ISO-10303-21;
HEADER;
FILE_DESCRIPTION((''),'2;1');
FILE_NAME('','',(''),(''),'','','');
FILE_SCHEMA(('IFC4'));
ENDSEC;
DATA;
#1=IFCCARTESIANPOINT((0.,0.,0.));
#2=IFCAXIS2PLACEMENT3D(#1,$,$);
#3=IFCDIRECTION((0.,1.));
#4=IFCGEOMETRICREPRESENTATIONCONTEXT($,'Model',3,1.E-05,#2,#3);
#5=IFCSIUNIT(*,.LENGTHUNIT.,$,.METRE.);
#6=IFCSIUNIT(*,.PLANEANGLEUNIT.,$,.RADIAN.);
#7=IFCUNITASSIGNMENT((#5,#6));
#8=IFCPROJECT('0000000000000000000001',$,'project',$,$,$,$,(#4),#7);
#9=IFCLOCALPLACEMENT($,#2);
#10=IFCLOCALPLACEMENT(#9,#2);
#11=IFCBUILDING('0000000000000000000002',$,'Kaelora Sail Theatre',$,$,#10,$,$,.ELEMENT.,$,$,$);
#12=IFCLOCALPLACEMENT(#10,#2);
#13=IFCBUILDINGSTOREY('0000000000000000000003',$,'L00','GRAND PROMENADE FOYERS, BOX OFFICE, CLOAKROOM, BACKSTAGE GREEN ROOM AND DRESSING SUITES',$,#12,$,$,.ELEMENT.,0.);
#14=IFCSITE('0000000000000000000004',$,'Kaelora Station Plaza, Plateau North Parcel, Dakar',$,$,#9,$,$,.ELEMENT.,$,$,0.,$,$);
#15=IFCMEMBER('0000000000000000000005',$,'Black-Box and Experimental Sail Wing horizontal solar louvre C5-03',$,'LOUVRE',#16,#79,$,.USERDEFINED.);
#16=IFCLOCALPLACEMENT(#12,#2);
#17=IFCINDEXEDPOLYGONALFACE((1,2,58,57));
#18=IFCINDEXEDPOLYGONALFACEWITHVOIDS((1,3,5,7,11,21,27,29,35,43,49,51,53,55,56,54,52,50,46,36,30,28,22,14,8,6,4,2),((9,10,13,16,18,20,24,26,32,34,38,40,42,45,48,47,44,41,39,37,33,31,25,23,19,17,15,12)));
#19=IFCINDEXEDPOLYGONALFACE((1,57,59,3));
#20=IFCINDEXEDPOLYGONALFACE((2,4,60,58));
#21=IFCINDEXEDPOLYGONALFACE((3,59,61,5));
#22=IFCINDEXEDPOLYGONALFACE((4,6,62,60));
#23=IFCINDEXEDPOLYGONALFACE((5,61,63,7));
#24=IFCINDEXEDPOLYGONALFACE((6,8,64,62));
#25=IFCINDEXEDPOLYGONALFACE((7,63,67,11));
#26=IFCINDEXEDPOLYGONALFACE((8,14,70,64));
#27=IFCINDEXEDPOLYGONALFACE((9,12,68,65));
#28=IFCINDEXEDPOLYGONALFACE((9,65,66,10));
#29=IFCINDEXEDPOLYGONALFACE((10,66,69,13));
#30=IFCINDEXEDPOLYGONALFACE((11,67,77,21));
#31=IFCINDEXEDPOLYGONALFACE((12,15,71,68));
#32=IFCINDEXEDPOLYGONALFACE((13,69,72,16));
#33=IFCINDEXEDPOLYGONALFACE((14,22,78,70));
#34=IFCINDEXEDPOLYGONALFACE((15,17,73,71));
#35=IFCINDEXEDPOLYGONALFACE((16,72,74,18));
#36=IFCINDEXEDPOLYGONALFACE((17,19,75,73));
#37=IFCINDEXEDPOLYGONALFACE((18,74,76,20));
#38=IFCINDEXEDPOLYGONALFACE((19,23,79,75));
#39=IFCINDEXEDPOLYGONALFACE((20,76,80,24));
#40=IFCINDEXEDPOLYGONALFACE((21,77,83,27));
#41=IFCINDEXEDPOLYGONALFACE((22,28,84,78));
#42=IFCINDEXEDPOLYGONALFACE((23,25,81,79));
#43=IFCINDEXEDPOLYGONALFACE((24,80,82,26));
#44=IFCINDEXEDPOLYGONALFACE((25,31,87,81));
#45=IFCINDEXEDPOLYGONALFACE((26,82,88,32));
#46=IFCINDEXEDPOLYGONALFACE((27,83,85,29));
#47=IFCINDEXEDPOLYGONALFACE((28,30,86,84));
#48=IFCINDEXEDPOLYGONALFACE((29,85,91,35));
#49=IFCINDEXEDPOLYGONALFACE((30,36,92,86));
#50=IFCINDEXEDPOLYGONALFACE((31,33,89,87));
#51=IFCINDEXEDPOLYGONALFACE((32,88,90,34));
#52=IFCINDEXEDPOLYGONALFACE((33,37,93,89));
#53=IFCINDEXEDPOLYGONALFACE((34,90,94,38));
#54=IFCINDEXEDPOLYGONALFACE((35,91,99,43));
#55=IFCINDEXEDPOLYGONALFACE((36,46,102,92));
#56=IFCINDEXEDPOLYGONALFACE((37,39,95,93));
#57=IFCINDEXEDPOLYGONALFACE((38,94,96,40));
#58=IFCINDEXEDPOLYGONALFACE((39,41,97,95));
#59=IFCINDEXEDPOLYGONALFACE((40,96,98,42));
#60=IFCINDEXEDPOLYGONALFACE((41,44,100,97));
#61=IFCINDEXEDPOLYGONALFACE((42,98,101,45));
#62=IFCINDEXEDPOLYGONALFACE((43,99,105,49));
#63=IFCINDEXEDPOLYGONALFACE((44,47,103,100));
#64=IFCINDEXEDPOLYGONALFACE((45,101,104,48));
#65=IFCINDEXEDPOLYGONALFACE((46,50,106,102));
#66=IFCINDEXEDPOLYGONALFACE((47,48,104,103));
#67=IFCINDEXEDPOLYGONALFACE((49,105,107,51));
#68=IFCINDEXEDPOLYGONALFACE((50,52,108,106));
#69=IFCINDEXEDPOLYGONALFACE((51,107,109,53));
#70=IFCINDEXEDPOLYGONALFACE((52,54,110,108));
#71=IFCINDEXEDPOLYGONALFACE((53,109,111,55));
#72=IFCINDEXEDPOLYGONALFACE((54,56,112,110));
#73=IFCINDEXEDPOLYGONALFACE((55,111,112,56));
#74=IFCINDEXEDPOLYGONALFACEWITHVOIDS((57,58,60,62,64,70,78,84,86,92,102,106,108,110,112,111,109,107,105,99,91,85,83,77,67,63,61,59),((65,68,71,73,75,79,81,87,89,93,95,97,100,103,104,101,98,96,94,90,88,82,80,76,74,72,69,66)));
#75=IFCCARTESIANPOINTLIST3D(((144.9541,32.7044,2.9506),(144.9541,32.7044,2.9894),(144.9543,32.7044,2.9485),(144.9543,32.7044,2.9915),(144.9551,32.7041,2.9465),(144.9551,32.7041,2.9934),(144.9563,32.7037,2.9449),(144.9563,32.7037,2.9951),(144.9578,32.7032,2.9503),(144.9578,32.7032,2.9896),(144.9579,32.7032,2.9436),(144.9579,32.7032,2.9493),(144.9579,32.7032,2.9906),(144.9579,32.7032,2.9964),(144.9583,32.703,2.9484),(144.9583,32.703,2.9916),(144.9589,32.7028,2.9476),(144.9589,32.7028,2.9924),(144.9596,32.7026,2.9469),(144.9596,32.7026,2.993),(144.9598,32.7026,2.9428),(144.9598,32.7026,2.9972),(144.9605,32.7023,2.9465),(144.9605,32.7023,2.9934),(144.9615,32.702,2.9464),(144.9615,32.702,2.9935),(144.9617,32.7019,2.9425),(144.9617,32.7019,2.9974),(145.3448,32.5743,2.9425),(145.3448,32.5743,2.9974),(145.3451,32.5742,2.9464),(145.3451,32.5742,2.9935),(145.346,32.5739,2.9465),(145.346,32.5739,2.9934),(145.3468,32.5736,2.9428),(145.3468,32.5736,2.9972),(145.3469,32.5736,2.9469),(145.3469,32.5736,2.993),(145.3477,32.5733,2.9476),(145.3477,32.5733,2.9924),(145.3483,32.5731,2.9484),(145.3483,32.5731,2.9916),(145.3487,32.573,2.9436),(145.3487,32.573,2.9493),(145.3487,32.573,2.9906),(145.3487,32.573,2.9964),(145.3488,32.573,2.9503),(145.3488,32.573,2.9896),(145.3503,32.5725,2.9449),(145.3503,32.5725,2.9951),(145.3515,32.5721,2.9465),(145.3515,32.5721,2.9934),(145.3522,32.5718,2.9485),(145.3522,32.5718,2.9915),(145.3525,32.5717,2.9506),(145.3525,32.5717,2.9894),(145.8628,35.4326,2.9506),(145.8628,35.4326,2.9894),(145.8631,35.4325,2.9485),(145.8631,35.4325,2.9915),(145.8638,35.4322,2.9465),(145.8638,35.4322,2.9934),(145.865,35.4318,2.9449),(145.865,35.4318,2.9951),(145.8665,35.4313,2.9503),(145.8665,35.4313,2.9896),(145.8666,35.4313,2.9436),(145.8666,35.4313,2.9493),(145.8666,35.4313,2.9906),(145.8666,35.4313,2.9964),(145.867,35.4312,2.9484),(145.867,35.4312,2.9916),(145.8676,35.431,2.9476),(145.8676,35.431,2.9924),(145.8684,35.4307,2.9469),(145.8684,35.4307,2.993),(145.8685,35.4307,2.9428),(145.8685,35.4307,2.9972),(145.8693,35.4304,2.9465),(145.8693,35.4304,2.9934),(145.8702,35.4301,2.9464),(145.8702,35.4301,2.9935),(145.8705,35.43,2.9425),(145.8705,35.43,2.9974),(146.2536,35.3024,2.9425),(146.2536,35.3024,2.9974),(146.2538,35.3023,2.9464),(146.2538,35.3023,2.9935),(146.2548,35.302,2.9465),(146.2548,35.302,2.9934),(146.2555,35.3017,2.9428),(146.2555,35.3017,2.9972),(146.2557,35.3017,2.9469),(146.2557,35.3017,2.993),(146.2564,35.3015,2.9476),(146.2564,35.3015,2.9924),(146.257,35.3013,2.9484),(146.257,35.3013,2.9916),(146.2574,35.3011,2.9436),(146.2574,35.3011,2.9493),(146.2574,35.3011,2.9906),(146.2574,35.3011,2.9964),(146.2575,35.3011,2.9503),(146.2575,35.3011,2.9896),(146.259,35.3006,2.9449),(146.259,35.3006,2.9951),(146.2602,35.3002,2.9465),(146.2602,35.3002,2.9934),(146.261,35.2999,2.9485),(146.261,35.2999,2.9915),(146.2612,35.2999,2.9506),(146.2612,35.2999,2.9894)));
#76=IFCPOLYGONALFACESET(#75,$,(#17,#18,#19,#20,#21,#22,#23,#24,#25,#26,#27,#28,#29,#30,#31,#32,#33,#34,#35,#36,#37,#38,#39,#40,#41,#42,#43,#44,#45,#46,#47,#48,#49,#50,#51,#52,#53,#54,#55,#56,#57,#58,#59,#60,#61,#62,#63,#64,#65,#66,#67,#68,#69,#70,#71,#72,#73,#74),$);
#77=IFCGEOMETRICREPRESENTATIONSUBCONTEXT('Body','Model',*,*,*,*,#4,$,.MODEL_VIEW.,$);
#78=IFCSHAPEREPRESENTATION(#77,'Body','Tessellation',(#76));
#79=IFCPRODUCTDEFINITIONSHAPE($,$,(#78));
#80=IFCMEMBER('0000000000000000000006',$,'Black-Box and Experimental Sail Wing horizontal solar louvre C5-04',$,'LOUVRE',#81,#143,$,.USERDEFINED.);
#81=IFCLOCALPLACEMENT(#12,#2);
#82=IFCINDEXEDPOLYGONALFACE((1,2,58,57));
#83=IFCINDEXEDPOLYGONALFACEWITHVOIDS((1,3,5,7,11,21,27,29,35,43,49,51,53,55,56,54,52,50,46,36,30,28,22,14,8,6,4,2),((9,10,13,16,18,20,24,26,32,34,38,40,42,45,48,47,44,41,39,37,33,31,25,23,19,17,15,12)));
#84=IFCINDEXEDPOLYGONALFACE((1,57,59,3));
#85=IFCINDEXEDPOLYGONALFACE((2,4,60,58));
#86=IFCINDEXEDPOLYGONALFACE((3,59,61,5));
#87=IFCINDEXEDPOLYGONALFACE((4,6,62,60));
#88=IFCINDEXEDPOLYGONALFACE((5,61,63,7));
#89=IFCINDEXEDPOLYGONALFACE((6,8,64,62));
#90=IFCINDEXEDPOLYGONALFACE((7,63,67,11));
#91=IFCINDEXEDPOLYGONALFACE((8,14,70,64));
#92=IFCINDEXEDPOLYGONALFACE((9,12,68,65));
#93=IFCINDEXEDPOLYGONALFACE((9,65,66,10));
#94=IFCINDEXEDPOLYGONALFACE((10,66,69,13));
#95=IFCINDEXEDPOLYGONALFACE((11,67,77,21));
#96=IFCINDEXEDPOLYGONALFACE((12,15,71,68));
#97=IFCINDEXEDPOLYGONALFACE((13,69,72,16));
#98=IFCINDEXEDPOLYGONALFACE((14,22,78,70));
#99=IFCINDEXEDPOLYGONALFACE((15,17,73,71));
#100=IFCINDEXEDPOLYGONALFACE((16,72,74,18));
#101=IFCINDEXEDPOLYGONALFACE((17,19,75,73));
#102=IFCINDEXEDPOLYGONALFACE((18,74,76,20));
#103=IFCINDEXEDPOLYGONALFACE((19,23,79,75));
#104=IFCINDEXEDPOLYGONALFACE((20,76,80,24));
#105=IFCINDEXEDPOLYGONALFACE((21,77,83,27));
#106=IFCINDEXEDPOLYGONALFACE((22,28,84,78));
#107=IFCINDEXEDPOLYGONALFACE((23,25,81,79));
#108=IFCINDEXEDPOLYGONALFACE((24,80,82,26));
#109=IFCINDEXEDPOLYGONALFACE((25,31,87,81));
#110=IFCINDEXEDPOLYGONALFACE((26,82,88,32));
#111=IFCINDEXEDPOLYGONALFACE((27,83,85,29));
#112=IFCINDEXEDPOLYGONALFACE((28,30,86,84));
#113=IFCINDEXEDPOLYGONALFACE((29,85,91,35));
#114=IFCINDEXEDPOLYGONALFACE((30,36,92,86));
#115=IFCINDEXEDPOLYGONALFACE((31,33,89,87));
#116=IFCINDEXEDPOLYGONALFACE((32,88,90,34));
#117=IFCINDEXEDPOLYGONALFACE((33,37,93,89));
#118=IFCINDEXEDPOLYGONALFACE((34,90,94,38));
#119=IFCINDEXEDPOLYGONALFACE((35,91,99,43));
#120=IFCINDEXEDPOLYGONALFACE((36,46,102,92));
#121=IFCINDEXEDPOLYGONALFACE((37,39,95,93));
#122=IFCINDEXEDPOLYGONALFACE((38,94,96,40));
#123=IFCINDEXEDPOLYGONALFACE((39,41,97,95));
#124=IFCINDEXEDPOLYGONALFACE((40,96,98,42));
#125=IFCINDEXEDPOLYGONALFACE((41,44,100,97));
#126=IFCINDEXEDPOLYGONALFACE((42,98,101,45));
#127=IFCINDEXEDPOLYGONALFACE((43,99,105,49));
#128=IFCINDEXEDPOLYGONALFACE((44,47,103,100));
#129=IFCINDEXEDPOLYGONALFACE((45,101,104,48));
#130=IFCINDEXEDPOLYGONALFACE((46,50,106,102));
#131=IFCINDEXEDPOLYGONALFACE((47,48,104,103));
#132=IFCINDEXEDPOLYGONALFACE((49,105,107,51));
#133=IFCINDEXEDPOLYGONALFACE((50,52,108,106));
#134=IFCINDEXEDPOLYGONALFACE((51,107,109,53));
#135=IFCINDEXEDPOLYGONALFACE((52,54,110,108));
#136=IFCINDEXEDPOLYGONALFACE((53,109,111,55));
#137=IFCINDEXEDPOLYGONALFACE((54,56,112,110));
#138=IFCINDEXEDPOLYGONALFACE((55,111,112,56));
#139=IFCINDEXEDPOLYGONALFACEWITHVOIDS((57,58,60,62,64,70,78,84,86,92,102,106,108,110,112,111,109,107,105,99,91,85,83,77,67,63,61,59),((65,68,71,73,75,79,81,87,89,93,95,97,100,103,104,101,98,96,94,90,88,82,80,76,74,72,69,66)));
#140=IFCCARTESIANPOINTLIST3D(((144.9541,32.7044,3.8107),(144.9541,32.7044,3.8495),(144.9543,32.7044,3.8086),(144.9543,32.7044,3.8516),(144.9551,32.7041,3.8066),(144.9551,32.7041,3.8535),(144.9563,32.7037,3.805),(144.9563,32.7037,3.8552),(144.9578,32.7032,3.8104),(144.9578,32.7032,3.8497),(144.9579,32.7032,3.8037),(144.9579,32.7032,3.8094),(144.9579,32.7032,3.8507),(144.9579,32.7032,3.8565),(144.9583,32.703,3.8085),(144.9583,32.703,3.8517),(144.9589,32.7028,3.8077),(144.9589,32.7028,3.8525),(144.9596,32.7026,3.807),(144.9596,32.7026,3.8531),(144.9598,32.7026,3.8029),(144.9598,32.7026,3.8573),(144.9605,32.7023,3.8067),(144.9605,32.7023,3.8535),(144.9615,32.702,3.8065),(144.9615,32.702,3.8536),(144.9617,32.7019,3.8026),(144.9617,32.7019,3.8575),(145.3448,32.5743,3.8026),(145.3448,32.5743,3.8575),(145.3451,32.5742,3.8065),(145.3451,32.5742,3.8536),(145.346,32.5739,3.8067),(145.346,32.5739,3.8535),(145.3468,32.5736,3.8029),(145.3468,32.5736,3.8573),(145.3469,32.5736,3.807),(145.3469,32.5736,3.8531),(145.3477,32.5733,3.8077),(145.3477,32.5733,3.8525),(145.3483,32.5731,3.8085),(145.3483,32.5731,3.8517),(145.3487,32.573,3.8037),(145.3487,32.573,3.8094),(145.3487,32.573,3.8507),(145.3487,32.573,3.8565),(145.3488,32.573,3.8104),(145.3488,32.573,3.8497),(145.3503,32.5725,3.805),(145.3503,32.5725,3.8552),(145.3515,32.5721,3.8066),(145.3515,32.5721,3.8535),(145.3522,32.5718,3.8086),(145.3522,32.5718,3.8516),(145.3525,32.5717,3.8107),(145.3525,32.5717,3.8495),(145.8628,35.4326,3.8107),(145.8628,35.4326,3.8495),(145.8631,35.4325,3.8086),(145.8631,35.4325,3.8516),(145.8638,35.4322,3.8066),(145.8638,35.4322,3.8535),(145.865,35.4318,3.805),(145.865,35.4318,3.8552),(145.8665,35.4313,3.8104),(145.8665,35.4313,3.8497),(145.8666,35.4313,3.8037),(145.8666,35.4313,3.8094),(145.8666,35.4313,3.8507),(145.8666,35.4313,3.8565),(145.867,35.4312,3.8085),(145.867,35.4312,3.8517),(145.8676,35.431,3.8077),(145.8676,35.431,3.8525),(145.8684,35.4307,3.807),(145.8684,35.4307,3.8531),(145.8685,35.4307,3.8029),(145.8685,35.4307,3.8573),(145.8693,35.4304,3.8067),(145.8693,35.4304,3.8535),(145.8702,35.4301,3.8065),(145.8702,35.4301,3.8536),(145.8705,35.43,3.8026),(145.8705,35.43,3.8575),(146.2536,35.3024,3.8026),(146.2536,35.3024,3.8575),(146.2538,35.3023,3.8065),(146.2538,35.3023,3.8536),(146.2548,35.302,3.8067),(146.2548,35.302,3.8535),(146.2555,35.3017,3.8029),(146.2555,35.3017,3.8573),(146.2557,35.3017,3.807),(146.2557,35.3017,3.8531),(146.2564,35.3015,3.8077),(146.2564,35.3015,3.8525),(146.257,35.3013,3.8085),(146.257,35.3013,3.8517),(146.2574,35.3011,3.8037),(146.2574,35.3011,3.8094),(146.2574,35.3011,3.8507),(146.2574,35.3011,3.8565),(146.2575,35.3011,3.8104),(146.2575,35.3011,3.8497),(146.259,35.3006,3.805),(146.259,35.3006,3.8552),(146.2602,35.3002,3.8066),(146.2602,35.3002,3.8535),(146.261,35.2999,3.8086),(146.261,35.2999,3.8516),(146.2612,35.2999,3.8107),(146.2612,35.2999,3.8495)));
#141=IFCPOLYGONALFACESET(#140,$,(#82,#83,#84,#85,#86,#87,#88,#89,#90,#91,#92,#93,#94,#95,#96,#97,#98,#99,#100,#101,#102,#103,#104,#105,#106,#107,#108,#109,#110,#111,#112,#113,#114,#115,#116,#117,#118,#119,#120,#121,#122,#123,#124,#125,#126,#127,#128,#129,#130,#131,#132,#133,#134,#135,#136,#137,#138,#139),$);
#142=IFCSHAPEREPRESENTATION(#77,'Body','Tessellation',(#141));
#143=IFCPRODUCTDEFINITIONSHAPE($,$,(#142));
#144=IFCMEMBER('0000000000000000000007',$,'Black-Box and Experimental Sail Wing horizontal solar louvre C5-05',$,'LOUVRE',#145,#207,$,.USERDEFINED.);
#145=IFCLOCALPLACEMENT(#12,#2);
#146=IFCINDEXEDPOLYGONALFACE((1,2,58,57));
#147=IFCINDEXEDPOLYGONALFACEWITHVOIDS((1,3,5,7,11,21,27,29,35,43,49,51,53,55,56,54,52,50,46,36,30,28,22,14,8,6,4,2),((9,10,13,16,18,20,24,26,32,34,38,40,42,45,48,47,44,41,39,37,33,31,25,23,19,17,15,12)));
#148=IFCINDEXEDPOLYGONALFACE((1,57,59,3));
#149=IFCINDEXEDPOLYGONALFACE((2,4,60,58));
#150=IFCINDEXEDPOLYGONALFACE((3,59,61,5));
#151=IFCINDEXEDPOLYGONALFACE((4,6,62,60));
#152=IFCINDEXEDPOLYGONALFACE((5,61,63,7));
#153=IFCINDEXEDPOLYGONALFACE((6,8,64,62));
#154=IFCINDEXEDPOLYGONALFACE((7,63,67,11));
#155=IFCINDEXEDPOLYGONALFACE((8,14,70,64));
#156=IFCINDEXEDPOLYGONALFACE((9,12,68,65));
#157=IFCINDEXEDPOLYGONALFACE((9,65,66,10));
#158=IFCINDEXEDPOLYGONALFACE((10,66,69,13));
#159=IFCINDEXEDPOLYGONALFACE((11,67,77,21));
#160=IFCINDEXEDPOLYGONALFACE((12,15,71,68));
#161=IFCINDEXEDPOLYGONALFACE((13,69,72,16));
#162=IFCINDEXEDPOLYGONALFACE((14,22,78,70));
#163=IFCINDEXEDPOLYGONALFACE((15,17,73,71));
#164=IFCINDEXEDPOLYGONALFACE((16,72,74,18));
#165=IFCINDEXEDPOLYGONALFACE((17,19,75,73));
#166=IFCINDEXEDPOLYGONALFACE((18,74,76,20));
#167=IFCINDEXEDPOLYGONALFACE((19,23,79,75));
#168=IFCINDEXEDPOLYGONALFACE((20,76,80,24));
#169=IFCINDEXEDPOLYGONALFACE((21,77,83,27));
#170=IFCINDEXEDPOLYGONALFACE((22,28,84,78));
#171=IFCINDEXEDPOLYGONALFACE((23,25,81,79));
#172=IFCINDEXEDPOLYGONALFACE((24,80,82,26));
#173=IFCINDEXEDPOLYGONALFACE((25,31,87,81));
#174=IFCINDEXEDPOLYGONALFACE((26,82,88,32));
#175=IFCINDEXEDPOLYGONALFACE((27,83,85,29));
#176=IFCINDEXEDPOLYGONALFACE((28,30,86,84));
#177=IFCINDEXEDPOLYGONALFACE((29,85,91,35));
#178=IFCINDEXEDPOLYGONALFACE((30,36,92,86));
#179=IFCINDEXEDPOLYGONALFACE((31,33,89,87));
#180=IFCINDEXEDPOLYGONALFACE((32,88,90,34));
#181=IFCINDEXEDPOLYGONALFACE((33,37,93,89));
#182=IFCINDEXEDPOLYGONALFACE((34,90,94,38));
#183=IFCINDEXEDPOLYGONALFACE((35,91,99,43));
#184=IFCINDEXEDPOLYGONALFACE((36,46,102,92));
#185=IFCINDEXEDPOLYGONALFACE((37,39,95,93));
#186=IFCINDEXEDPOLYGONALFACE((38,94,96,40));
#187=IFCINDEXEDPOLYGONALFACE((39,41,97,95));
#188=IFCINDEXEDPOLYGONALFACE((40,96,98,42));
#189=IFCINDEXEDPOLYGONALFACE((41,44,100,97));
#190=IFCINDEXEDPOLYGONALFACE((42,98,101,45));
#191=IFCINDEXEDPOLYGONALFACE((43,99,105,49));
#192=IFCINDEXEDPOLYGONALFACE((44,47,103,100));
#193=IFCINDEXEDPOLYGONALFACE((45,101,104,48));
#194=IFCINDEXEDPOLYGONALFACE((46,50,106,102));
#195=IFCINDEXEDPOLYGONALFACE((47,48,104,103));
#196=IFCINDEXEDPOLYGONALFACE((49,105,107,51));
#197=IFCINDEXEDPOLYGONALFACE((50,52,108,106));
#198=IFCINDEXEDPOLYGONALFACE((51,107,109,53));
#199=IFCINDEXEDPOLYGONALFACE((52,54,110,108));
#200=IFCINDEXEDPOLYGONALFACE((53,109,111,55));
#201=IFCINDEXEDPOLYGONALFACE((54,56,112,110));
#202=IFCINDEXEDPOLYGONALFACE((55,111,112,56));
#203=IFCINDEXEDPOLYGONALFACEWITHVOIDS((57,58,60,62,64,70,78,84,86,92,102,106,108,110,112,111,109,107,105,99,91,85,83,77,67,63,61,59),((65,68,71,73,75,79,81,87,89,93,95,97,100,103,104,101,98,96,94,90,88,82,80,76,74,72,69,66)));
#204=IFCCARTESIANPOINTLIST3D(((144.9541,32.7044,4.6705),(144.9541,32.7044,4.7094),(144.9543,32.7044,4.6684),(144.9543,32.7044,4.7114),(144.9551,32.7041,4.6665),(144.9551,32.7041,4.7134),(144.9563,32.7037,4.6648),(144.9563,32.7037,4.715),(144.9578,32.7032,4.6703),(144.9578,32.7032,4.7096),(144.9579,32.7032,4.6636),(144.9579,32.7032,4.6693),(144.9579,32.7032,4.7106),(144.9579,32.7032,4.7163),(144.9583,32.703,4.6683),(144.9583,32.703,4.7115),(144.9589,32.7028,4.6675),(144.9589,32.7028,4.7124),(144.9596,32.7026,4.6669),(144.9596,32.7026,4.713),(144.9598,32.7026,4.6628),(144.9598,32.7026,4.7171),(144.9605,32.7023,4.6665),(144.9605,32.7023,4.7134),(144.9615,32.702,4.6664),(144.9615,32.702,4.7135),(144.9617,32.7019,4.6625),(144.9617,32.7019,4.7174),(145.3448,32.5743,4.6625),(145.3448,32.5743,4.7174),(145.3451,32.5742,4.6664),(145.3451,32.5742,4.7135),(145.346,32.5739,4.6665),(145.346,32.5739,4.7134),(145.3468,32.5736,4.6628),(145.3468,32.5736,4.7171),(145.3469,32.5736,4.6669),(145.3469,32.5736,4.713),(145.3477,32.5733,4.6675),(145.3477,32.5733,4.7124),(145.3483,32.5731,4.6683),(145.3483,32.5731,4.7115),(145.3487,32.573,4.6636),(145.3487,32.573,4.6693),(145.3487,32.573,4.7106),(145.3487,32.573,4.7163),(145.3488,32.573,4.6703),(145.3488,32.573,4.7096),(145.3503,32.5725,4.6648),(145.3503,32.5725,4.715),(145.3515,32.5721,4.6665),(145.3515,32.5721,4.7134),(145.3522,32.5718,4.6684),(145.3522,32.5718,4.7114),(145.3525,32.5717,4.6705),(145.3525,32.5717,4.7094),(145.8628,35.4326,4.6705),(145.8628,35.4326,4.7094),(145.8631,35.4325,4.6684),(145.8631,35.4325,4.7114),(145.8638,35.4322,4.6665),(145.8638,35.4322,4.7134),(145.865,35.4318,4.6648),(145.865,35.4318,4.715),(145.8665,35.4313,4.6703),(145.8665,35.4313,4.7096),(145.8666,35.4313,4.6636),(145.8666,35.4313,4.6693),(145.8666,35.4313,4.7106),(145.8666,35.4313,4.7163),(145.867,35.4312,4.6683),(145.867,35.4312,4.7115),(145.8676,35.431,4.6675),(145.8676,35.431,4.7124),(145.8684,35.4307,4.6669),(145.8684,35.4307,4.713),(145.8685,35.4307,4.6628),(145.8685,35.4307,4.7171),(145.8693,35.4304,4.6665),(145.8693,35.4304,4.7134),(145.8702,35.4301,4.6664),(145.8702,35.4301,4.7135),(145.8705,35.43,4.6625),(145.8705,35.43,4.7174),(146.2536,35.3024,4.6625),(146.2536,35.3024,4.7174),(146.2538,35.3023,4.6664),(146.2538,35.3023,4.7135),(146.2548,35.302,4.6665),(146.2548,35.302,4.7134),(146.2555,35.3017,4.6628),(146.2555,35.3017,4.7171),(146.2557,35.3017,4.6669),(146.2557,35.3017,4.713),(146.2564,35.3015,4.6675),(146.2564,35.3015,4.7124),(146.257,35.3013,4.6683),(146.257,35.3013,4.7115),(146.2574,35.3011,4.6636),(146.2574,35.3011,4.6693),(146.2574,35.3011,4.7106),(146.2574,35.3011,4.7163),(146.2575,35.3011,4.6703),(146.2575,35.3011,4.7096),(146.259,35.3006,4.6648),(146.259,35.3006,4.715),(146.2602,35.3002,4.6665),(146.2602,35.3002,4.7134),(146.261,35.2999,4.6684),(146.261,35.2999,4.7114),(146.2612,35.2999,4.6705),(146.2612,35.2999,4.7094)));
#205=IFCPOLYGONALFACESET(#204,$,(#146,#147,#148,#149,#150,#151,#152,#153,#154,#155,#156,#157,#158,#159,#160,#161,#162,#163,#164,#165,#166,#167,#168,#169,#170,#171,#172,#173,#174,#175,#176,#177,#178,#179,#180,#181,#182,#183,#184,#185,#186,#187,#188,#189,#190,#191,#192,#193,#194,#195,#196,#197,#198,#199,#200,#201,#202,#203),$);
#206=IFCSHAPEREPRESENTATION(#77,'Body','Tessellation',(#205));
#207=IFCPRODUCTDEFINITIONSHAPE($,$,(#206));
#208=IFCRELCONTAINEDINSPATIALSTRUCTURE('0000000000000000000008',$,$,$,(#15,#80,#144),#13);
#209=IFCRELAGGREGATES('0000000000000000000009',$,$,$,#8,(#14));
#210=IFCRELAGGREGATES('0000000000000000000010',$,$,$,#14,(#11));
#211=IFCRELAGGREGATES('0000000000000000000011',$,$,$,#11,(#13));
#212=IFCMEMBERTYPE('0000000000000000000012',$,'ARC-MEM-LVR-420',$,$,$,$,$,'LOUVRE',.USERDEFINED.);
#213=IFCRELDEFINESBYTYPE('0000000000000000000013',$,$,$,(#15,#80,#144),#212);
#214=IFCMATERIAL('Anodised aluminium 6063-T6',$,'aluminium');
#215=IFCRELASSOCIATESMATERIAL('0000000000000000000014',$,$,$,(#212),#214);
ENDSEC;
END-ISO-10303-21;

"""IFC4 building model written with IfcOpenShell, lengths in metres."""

from ifc_helpers import new_model, si_unit, direction, frame, origin, origin_2d, place, context, subcontext, project, spatial, hollow_rectangle, extrude, material, material_profile, profile_set, type_object, element, save


model = new_model("IFC4")

# Units and contexts
model_context = context("Model", 3, precision=1e-05, world=origin(), true_north=direction((0.0, 1.0)))
body_context = subcontext(model_context, "Body", "Model", "MODEL_VIEW")
ifc_project = project(units=[si_unit("LENGTHUNIT", "METRE"), si_unit("PLANEANGLEUNIT", "RADIAN")], contexts=[model_context])

# Site, building, storey
site_placement = place(None, origin())
site = spatial("IfcSite", under=ifc_project, at=site_placement, Name="Kaelora Station Plaza, Plateau North Parcel, Dakar", CompositionType="ELEMENT", RefElevation=0.0)
building_placement = place(site_placement, origin())
building = spatial("IfcBuilding", under=site, at=building_placement, Name="Kaelora Sail Theatre", CompositionType="ELEMENT")
storey_placement = place(building_placement, origin())
storey = spatial("IfcBuildingStorey", under=building, at=storey_placement, Name="L00", Description="GRAND PROMENADE FOYERS, BOX OFFICE, CLOAKROOM, BACKSTAGE GREEN ROOM AND DRESSING SUITES", CompositionType="ELEMENT", Elevation=0.0)

# Members
ifc_material_1 = material(Name="Anodised aluminium 6063-T6", Category="aluminium")
ifc_material_profile_1 = material_profile(ifc_material_1, hollow_rectangle(XDim=0.4199, YDim=0.0549, WallThickness=0.0039, InnerFilletRadius=0.0039, OuterFilletRadius=0.0081, at=origin_2d()), Name="LOUVRE 420x55x4")
ifc_profile_set_1 = profile_set([ifc_material_profile_1], Name="Anodised aluminium 6063-T6")
member_type_1 = type_object("IfcMemberType", Name="ARC-MEM-LVR-420", ElementType="LOUVRE", PredefinedType="USERDEFINED", material=ifc_profile_set_1)
for number, where, z_axis, x_axis, name in (
    (1, (146.062, 35.3662, 2.97), (-0.316024, -0.948751, 0.0), (0.948751, -0.316024, 0.0), "Black-Box and Experimental Sail Wing horizontal solar louvre C5-03"),
    (2, (146.062, 35.3662, 3.8301), (-0.316024, -0.948751, 0.0), (0.948751, -0.316024, 0.0), "Black-Box and Experimental Sail Wing horizontal solar louvre C5-04"),
    (3, (146.062, 35.3662, 4.6899), (-0.316024, -0.948751, 0.0), (0.948751, -0.316024, 0.0), "Black-Box and Experimental Sail Wing horizontal solar louvre C5-05"),
):
    element("IfcMember", number, at=place(storey_placement, frame(where, z_axis=z_axis, x_axis=x_axis)), inside=storey, type_object=member_type_1, Name=name, ObjectType="LOUVRE", PredefinedType="USERDEFINED", context=body_context, shape_type="SweptSolid", body=[
        extrude(hollow_rectangle(XDim=0.4199, YDim=0.0549, WallThickness=0.0039, InnerFilletRadius=0.0039, OuterFilletRadius=0.0081, at=origin_2d()), origin(), (0.0, 0.0, 1.0), 2.8755),
    ])

save(model, "model.ifc")
